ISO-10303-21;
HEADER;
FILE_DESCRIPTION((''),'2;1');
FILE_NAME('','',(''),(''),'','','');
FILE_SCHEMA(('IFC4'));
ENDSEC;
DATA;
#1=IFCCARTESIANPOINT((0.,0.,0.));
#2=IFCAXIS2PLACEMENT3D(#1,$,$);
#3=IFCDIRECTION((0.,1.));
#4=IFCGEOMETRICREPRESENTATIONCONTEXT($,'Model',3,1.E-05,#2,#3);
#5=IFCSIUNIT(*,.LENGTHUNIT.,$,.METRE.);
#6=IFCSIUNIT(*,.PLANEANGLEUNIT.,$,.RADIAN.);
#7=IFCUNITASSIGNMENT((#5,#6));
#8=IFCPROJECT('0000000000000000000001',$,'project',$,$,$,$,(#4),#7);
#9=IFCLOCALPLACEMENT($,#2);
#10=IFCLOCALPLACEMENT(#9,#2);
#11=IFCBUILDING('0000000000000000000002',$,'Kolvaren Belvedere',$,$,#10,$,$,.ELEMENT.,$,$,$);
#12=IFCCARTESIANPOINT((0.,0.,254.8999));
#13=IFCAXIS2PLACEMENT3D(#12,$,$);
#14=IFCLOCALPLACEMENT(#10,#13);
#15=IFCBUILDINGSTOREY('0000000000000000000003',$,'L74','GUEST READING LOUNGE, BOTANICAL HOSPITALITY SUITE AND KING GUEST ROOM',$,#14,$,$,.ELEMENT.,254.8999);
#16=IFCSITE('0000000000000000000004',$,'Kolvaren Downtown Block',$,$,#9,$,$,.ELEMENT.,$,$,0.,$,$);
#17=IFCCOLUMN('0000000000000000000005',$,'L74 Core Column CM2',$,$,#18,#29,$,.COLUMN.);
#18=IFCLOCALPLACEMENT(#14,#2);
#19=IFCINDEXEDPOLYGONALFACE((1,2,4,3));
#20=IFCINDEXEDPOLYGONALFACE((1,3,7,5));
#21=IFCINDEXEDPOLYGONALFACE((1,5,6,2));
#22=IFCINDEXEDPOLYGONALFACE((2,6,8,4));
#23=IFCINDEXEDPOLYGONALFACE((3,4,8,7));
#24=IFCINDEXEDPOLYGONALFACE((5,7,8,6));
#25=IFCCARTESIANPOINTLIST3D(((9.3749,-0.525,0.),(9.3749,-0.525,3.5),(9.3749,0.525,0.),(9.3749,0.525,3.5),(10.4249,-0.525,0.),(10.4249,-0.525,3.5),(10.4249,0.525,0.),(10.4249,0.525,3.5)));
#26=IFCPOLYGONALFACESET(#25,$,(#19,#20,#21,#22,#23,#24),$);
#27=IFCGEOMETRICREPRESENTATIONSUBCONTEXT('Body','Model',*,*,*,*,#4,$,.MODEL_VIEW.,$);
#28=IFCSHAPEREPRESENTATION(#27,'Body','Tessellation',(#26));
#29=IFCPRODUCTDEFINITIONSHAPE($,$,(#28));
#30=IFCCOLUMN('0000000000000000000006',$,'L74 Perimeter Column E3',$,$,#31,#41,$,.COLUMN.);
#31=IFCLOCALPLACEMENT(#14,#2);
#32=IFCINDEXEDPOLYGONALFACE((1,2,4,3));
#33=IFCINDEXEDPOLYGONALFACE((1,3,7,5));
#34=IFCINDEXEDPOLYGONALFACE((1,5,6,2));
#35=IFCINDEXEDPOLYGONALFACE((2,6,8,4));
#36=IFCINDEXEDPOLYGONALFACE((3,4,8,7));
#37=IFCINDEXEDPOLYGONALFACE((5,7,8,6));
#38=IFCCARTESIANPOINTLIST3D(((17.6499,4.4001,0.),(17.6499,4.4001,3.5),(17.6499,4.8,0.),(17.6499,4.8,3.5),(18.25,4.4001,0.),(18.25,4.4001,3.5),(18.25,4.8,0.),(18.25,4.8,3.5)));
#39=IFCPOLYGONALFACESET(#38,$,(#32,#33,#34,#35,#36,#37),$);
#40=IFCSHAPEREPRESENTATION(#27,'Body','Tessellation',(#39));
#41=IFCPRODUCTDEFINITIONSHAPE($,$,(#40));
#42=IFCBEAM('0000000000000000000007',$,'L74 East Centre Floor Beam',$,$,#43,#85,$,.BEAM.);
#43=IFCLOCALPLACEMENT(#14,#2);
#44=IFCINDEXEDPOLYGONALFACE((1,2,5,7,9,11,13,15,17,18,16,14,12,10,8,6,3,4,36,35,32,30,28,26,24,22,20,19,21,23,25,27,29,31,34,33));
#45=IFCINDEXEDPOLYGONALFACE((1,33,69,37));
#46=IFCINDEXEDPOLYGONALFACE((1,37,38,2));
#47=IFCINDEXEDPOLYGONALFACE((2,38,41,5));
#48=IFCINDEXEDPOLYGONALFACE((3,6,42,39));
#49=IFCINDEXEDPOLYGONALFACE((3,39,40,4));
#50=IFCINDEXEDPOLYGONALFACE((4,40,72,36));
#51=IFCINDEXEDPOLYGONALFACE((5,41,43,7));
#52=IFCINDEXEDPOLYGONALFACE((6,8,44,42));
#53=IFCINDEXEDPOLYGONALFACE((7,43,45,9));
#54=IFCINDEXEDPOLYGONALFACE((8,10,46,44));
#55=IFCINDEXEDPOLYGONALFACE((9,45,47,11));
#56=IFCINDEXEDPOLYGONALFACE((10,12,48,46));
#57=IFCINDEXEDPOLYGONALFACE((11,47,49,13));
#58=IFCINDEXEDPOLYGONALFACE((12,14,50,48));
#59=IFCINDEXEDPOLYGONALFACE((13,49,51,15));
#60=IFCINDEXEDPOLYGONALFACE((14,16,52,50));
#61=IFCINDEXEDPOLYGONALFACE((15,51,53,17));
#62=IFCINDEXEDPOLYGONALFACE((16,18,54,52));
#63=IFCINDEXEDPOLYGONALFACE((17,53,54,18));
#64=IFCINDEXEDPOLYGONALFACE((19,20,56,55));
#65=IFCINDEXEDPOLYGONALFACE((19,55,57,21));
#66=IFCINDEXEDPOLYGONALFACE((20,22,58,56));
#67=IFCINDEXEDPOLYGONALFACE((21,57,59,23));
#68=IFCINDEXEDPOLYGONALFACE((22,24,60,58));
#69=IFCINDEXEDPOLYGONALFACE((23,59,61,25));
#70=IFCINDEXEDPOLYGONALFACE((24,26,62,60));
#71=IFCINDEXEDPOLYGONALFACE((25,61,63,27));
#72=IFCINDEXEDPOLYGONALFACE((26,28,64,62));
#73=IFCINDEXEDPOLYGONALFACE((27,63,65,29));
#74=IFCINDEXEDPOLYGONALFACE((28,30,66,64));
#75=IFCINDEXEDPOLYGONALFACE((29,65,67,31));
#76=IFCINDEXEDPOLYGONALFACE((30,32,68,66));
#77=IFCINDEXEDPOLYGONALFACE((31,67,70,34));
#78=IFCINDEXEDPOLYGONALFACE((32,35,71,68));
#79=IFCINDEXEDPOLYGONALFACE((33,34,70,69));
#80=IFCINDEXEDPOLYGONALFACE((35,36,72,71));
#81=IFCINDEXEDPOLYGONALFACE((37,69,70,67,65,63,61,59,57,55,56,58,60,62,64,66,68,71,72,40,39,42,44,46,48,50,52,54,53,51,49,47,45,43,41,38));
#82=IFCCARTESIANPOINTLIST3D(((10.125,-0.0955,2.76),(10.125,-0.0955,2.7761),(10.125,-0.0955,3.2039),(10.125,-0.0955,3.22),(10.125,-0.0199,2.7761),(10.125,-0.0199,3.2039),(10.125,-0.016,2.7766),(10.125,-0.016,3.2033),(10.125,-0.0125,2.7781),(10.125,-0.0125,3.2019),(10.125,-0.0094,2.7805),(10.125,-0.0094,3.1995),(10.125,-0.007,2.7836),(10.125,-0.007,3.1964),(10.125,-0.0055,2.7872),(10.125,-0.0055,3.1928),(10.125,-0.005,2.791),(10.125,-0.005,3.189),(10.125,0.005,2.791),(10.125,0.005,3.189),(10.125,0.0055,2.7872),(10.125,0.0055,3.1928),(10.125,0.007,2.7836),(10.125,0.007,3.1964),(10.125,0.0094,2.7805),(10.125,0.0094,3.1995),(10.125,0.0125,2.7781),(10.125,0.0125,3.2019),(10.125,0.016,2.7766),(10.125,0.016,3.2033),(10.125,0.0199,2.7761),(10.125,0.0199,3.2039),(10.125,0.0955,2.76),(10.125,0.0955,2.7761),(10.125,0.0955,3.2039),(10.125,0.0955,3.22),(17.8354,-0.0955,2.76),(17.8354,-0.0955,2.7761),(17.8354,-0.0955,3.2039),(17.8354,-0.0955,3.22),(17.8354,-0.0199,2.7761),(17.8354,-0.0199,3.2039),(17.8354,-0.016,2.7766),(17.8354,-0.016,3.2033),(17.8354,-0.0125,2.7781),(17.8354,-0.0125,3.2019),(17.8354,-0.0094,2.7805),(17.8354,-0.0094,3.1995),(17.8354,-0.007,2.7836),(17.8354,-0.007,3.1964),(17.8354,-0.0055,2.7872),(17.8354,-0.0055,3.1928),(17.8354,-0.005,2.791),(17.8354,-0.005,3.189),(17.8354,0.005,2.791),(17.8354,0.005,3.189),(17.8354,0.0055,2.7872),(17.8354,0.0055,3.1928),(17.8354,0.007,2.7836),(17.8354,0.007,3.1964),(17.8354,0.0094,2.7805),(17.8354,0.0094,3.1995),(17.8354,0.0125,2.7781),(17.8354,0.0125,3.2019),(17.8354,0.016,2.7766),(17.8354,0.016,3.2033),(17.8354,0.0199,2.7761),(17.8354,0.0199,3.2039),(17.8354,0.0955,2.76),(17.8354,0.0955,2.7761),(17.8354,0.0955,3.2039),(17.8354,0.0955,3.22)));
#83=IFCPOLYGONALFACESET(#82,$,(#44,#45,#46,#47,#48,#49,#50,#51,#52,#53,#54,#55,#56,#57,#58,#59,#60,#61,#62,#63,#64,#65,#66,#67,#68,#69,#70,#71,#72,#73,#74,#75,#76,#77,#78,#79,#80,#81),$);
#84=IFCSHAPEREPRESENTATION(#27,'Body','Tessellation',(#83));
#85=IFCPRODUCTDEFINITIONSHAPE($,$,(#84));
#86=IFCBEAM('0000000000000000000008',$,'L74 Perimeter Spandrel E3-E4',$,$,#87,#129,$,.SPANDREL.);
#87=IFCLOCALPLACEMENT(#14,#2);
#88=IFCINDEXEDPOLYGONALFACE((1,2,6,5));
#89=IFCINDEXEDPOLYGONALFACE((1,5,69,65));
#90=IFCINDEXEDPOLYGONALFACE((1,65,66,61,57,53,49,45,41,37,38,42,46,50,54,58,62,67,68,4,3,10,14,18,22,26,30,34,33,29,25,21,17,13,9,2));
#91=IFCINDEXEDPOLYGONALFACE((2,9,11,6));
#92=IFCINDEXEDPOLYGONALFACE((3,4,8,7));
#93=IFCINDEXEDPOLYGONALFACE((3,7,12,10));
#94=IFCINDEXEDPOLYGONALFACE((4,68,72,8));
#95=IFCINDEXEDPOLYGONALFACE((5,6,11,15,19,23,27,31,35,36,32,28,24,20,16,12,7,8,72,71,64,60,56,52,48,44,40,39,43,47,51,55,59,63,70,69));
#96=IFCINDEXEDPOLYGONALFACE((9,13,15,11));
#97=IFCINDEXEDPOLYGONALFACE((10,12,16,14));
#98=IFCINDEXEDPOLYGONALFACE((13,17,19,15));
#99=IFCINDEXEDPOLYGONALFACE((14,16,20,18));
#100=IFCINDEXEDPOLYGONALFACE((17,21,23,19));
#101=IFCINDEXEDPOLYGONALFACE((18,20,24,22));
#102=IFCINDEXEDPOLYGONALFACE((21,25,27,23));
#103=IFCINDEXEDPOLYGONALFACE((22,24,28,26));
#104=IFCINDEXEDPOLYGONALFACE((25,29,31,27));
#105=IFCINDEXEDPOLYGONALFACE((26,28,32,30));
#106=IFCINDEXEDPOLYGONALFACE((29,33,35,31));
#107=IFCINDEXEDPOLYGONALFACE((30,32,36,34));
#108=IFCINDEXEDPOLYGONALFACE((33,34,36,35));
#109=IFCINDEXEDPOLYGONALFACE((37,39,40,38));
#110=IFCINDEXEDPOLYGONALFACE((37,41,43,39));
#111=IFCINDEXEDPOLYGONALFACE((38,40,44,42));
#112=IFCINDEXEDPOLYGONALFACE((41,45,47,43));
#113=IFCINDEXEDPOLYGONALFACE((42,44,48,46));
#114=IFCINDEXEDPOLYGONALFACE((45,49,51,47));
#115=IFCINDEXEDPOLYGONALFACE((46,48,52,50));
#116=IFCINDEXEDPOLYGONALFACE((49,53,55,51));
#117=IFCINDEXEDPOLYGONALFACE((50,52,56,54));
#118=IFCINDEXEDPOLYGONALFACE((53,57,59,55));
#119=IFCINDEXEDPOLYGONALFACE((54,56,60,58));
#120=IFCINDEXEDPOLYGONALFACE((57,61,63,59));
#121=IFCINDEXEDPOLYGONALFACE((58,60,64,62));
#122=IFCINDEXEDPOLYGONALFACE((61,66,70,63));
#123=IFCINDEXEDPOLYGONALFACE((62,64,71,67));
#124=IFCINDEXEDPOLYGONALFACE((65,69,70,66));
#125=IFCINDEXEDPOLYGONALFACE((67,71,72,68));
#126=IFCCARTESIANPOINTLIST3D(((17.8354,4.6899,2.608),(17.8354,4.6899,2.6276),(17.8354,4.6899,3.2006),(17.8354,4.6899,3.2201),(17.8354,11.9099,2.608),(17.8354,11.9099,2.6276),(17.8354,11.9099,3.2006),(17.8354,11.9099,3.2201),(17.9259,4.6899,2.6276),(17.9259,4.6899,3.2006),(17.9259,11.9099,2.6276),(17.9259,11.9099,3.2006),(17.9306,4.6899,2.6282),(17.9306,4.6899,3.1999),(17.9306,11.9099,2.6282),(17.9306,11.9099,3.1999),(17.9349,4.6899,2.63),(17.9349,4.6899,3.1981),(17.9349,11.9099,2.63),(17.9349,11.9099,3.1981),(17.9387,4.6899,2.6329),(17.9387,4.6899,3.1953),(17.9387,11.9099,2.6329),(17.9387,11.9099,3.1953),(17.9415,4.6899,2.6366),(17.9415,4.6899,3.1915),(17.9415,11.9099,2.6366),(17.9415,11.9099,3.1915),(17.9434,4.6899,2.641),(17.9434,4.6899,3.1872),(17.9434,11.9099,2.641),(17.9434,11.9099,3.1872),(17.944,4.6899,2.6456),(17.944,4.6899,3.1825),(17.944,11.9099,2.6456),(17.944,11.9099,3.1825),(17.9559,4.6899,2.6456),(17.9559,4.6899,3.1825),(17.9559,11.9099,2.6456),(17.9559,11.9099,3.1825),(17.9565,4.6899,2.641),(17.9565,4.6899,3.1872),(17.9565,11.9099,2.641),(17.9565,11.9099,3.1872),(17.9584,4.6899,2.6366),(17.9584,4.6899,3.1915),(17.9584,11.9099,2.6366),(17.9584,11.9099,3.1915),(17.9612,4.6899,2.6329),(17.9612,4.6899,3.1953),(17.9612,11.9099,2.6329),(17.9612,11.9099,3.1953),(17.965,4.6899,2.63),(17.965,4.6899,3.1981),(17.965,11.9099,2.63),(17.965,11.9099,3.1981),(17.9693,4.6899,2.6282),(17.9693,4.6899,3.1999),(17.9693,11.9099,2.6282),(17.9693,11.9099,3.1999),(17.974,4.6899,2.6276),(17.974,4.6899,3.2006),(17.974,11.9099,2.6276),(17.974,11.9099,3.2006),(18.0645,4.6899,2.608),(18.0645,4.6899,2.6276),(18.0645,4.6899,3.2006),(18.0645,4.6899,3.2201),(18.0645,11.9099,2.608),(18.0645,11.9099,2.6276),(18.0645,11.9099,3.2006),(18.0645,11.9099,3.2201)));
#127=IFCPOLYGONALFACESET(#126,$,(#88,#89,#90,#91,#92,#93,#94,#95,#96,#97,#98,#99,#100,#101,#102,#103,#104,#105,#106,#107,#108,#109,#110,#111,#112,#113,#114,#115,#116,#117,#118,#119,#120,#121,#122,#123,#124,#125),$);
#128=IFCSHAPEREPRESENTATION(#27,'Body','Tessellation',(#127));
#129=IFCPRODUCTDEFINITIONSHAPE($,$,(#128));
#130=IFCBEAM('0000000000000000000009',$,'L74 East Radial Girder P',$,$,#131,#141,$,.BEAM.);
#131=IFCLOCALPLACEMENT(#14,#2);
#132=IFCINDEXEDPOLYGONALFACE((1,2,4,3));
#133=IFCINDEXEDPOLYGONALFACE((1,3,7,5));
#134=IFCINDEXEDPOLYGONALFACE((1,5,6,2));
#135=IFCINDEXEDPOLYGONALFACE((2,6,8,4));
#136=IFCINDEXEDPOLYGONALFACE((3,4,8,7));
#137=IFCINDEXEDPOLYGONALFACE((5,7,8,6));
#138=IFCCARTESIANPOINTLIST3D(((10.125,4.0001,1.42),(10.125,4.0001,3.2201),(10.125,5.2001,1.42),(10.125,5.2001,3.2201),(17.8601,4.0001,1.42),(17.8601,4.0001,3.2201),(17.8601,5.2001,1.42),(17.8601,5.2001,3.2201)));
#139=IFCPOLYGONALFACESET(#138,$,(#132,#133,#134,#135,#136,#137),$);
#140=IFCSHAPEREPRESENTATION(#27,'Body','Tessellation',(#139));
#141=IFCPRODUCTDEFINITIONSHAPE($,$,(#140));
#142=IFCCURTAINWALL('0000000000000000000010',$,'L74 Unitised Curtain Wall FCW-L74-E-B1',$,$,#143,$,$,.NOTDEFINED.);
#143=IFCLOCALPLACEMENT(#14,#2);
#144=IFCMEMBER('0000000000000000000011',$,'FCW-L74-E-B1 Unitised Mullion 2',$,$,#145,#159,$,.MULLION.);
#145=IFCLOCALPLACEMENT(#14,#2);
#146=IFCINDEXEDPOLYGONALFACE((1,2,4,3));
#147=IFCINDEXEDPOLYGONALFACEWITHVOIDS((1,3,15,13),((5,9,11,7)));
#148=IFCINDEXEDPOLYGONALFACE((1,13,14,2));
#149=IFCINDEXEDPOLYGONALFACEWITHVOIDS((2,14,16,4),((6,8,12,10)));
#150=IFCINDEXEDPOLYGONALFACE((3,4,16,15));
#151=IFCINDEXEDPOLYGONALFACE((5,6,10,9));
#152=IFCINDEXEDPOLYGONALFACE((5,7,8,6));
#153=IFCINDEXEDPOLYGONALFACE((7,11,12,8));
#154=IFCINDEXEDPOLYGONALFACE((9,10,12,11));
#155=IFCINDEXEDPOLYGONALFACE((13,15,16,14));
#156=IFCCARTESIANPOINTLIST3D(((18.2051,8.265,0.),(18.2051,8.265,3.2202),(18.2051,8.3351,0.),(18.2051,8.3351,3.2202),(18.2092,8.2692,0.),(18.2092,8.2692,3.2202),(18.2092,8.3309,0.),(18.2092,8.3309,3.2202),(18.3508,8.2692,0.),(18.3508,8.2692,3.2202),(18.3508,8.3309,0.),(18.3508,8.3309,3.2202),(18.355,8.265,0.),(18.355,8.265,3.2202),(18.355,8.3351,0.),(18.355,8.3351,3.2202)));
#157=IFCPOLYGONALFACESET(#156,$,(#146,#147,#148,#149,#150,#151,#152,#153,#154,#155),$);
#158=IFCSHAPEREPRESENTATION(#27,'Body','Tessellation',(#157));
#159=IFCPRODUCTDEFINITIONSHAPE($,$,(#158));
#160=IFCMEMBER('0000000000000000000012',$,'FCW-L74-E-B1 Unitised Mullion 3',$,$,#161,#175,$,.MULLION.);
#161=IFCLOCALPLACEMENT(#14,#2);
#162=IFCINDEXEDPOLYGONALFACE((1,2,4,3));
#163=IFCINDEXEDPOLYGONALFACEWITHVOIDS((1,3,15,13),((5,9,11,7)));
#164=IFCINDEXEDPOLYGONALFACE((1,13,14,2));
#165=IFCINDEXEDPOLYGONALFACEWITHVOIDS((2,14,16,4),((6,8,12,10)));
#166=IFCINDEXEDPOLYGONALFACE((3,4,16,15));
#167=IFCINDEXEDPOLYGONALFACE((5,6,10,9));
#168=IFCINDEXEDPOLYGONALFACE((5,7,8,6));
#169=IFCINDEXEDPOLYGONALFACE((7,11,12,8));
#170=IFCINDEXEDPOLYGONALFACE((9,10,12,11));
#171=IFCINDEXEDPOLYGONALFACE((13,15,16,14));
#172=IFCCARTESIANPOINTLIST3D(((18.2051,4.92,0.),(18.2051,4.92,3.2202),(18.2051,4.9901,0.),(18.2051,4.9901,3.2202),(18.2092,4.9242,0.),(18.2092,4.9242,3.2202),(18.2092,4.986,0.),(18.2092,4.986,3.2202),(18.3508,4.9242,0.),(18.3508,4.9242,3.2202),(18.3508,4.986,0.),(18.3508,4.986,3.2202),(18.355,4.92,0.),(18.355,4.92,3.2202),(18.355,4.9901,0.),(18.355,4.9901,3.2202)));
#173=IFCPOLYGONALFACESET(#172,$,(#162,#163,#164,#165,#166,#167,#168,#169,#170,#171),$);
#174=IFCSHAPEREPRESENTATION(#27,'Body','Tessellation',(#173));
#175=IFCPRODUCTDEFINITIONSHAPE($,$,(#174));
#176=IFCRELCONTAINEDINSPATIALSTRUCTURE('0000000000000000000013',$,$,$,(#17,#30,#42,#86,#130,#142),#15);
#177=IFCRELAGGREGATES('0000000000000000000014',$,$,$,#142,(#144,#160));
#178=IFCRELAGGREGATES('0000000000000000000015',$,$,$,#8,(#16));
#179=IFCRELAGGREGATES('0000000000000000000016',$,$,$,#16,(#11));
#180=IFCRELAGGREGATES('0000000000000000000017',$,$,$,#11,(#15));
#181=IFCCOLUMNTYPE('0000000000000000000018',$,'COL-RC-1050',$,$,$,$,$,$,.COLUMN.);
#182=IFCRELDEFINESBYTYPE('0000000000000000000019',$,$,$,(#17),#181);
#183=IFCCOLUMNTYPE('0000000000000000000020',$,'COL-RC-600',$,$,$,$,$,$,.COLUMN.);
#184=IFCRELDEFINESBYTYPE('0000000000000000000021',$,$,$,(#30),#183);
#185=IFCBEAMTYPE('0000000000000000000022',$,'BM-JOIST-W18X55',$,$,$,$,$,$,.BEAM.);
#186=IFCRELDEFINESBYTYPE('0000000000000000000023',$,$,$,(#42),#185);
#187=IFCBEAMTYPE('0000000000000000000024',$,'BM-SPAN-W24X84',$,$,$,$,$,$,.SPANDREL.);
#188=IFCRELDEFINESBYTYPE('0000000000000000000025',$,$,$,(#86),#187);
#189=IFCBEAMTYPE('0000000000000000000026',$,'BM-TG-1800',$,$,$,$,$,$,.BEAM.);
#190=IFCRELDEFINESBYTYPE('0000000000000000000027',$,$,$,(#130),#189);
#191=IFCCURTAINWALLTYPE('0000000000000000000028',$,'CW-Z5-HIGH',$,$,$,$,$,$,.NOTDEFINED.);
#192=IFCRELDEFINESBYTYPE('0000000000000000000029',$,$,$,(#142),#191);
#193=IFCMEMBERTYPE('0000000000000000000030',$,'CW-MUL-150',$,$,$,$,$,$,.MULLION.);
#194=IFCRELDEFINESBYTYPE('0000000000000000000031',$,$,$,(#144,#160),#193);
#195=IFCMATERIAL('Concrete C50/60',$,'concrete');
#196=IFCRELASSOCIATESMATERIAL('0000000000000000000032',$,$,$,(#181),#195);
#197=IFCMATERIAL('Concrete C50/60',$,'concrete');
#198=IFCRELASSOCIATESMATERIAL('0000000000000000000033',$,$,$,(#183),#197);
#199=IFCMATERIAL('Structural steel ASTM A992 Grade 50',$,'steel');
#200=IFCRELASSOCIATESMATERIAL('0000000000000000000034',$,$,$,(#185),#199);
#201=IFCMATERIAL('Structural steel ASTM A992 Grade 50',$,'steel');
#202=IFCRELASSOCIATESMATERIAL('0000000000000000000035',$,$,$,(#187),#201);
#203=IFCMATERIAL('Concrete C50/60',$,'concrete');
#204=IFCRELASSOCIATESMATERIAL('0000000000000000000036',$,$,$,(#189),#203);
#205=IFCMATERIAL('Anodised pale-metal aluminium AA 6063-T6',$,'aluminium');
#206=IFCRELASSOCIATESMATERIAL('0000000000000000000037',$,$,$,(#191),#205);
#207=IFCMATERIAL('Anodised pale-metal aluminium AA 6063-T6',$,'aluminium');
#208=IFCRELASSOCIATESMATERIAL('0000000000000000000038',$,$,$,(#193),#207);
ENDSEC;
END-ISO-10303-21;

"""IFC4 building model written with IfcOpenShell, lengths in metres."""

from ifc_helpers import new_model, si_unit, direction, frame, origin, origin_2d, place, context, subcontext, project, spatial, rectangle, hollow_rectangle, i_section, extrude, material, material_profile, profile_set, type_object, element, aggregate, save


model = new_model("IFC4")

# Units and contexts
model_context = context("Model", 3, precision=1e-05, world=origin(), true_north=direction((0.0, 1.0)))
body_context = subcontext(model_context, "Body", "Model", "MODEL_VIEW")
ifc_project = project(units=[si_unit("LENGTHUNIT", "METRE"), si_unit("PLANEANGLEUNIT", "RADIAN")], contexts=[model_context])

# Site, building, storey
site_placement = place(None, origin())
site = spatial("IfcSite", under=ifc_project, at=site_placement, Name="Kolvaren Downtown Block", CompositionType="ELEMENT", RefElevation=0.0)
building_placement = place(site_placement, origin())
building = spatial("IfcBuilding", under=site, at=building_placement, Name="Kolvaren Belvedere", CompositionType="ELEMENT")
storey_placement = place(building_placement, frame((0.0, 0.0, 254.8999)))
storey = spatial("IfcBuildingStorey", under=building, at=storey_placement, Name="L74", Description="GUEST READING LOUNGE, BOTANICAL HOSPITALITY SUITE AND KING GUEST ROOM", CompositionType="ELEMENT", Elevation=254.8999)

# Columns
ifc_material_1 = material(Name="Concrete C50/60", Category="concrete")
ifc_material_profile_1 = material_profile(ifc_material_1, rectangle(XDim=1.05, YDim=1.05, at=origin_2d()), Name="RC 1050X1050")
ifc_profile_set_1 = profile_set([ifc_material_profile_1], Name="Concrete C50/60")
column_type_1 = type_object("IfcColumnType", Name="COL-RC-1050", PredefinedType="COLUMN", material=ifc_profile_set_1)
column_1_placement = place(storey_placement, frame((9.8999, 0.0, 0.0), z_axis=(0.0, 0.0, 1.0), x_axis=(1.0, 0.0, 0.0)))
element("IfcColumn", 1, at=column_1_placement, inside=storey, type_object=column_type_1, Name="L74 Core Column CM2", PredefinedType="COLUMN", context=body_context, shape_type="SweptSolid", body=[
    extrude(rectangle(XDim=1.05, YDim=1.05, at=origin_2d()), origin(), (0.0, 0.0, 1.0), 3.5),
])
ifc_material_2 = material(Name="Concrete C50/60", Category="concrete")
ifc_material_profile_2 = material_profile(ifc_material_2, rectangle(XDim=0.6001, YDim=0.3999, at=origin_2d()), Name="RC 600X400")
ifc_profile_set_2 = profile_set([ifc_material_profile_2], Name="Concrete C50/60")
column_type_2 = type_object("IfcColumnType", Name="COL-RC-600", PredefinedType="COLUMN", material=ifc_profile_set_2)
column_2_placement = place(storey_placement, frame((17.95, 4.6001, 0.0), z_axis=(0.0, 0.0, 1.0), x_axis=(1.0, 0.0, 0.0)))
element("IfcColumn", 2, at=column_2_placement, inside=storey, type_object=column_type_2, Name="L74 Perimeter Column E3", PredefinedType="COLUMN", context=body_context, shape_type="SweptSolid", body=[
    extrude(rectangle(XDim=0.6001, YDim=0.3999, at=origin_2d()), origin(), (0.0, 0.0, 1.0), 3.5),
])

# Beams
ifc_material_3 = material(Name="Structural steel ASTM A992 Grade 50", Category="steel")
ifc_material_profile_3 = material_profile(ifc_material_3, i_section(OverallWidth=0.1909, OverallDepth=0.46, WebThickness=0.01, FlangeThickness=0.0161, FilletRadius=0.0149, at=origin_2d()), Name="W18X55")
ifc_profile_set_3 = profile_set([ifc_material_profile_3], Name="Structural steel ASTM A992 Grade 50")
beam_type_1 = type_object("IfcBeamType", Name="BM-JOIST-W18X55", PredefinedType="BEAM", material=ifc_profile_set_3)
beam_1_placement = place(storey_placement, frame((10.125, 0.0, 2.99), z_axis=(1.0, 0.0, 0.0), x_axis=(0.0, 1.0, 0.0)))
element("IfcBeam", 3, at=beam_1_placement, inside=storey, type_object=beam_type_1, Name="L74 East Centre Floor Beam", PredefinedType="BEAM", context=body_context, shape_type="SweptSolid", body=[
    extrude(i_section(OverallWidth=0.1909, OverallDepth=0.46, WebThickness=0.01, FlangeThickness=0.0161, FilletRadius=0.0149, at=origin_2d()), origin(), (0.0, 0.0, 1.0), 7.7104),
])
ifc_material_4 = material(Name="Structural steel ASTM A992 Grade 50", Category="steel")
ifc_material_profile_4 = material_profile(ifc_material_4, i_section(OverallWidth=0.229, OverallDepth=0.6121, WebThickness=0.012, FlangeThickness=0.0195, FilletRadius=0.0181, at=origin_2d()), Name="W24X84")
ifc_profile_set_4 = profile_set([ifc_material_profile_4], Name="Structural steel ASTM A992 Grade 50")
beam_type_2 = type_object("IfcBeamType", Name="BM-SPAN-W24X84", PredefinedType="SPANDREL", material=ifc_profile_set_4)
beam_2_placement = place(storey_placement, frame((17.95, 4.6899, 2.9141), z_axis=(0.0, 1.0, 0.0), x_axis=(-1.0, 0.0, 0.0)))
element("IfcBeam", 4, at=beam_2_placement, inside=storey, type_object=beam_type_2, Name="L74 Perimeter Spandrel E3-E4", PredefinedType="SPANDREL", context=body_context, shape_type="SweptSolid", body=[
    extrude(i_section(OverallWidth=0.229, OverallDepth=0.6121, WebThickness=0.012, FlangeThickness=0.0195, FilletRadius=0.0181, at=origin_2d()), origin(), (0.0, 0.0, 1.0), 7.22),
])
ifc_material_5 = material(Name="Concrete C50/60", Category="concrete")
ifc_material_profile_5 = material_profile(ifc_material_5, rectangle(XDim=1.2, YDim=1.8, at=origin_2d()), Name="RC 1200X1800")
ifc_profile_set_5 = profile_set([ifc_material_profile_5], Name="Concrete C50/60")
beam_type_3 = type_object("IfcBeamType", Name="BM-TG-1800", PredefinedType="BEAM", material=ifc_profile_set_5)
beam_3_placement = place(storey_placement, frame((10.125, 4.6001, 2.3201), z_axis=(1.0, 0.0, 0.0), x_axis=(0.0, 1.0, 0.0)))
element("IfcBeam", 5, at=beam_3_placement, inside=storey, type_object=beam_type_3, Name="L74 East Radial Girder P", PredefinedType="BEAM", context=body_context, shape_type="SweptSolid", body=[
    extrude(rectangle(XDim=1.2, YDim=1.8, at=origin_2d()), origin(), (0.0, 0.0, 1.0), 7.7351),
])

# Curtain wall, members
ifc_material_6 = material(Name="Anodised pale-metal aluminium AA 6063-T6", Category="aluminium")
curtain_wall_type = type_object("IfcCurtainWallType", Name="CW-Z5-HIGH", PredefinedType="NOTDEFINED", material=ifc_material_6)
curtain_wall_1_placement = place(storey_placement, origin())
curtain_wall_1 = element("IfcCurtainWall", 6, at=curtain_wall_1_placement, inside=storey, type_object=curtain_wall_type, Name="L74 Unitised Curtain Wall FCW-L74-E-B1", PredefinedType="NOTDEFINED")
ifc_material_7 = material(Name="Anodised pale-metal aluminium AA 6063-T6", Category="aluminium")
ifc_material_profile_6 = material_profile(ifc_material_7, hollow_rectangle(XDim=0.0701, YDim=0.1499, WallThickness=0.0042, at=origin_2d()), Name="ALU-MUL-150X70")
ifc_profile_set_6 = profile_set([ifc_material_profile_6], Name="Anodised pale-metal aluminium AA 6063-T6")
member_type_1 = type_object("IfcMemberType", Name="CW-MUL-150", PredefinedType="MULLION", material=ifc_profile_set_6)
member_1_placement = place(storey_placement, frame((18.28, 8.3, 0.0), z_axis=(0.0, 0.0, 1.0), x_axis=(0.0, 1.0, 0.0)))
member_1 = element("IfcMember", 7, at=member_1_placement, type_object=member_type_1, Name="FCW-L74-E-B1 Unitised Mullion 2", PredefinedType="MULLION", context=body_context, shape_type="SweptSolid", body=[
    extrude(hollow_rectangle(XDim=0.0701, YDim=0.1499, WallThickness=0.0042, at=origin_2d()), origin(), (0.0, 0.0, 1.0), 3.2202),
])
member_2_placement = place(storey_placement, frame((18.28, 4.9551, 0.0), z_axis=(0.0, 0.0, 1.0), x_axis=(0.0, 1.0, 0.0)))
member_2 = element("IfcMember", 8, at=member_2_placement, type_object=member_type_1, Name="FCW-L74-E-B1 Unitised Mullion 3", PredefinedType="MULLION", context=body_context, shape_type="SweptSolid", body=[
    extrude(hollow_rectangle(XDim=0.0701, YDim=0.1499, WallThickness=0.0042, at=origin_2d()), origin(), (0.0, 0.0, 1.0), 3.2202),
])

aggregate(curtain_wall_1, [member_1, member_2])

save(model, "model.ifc")
